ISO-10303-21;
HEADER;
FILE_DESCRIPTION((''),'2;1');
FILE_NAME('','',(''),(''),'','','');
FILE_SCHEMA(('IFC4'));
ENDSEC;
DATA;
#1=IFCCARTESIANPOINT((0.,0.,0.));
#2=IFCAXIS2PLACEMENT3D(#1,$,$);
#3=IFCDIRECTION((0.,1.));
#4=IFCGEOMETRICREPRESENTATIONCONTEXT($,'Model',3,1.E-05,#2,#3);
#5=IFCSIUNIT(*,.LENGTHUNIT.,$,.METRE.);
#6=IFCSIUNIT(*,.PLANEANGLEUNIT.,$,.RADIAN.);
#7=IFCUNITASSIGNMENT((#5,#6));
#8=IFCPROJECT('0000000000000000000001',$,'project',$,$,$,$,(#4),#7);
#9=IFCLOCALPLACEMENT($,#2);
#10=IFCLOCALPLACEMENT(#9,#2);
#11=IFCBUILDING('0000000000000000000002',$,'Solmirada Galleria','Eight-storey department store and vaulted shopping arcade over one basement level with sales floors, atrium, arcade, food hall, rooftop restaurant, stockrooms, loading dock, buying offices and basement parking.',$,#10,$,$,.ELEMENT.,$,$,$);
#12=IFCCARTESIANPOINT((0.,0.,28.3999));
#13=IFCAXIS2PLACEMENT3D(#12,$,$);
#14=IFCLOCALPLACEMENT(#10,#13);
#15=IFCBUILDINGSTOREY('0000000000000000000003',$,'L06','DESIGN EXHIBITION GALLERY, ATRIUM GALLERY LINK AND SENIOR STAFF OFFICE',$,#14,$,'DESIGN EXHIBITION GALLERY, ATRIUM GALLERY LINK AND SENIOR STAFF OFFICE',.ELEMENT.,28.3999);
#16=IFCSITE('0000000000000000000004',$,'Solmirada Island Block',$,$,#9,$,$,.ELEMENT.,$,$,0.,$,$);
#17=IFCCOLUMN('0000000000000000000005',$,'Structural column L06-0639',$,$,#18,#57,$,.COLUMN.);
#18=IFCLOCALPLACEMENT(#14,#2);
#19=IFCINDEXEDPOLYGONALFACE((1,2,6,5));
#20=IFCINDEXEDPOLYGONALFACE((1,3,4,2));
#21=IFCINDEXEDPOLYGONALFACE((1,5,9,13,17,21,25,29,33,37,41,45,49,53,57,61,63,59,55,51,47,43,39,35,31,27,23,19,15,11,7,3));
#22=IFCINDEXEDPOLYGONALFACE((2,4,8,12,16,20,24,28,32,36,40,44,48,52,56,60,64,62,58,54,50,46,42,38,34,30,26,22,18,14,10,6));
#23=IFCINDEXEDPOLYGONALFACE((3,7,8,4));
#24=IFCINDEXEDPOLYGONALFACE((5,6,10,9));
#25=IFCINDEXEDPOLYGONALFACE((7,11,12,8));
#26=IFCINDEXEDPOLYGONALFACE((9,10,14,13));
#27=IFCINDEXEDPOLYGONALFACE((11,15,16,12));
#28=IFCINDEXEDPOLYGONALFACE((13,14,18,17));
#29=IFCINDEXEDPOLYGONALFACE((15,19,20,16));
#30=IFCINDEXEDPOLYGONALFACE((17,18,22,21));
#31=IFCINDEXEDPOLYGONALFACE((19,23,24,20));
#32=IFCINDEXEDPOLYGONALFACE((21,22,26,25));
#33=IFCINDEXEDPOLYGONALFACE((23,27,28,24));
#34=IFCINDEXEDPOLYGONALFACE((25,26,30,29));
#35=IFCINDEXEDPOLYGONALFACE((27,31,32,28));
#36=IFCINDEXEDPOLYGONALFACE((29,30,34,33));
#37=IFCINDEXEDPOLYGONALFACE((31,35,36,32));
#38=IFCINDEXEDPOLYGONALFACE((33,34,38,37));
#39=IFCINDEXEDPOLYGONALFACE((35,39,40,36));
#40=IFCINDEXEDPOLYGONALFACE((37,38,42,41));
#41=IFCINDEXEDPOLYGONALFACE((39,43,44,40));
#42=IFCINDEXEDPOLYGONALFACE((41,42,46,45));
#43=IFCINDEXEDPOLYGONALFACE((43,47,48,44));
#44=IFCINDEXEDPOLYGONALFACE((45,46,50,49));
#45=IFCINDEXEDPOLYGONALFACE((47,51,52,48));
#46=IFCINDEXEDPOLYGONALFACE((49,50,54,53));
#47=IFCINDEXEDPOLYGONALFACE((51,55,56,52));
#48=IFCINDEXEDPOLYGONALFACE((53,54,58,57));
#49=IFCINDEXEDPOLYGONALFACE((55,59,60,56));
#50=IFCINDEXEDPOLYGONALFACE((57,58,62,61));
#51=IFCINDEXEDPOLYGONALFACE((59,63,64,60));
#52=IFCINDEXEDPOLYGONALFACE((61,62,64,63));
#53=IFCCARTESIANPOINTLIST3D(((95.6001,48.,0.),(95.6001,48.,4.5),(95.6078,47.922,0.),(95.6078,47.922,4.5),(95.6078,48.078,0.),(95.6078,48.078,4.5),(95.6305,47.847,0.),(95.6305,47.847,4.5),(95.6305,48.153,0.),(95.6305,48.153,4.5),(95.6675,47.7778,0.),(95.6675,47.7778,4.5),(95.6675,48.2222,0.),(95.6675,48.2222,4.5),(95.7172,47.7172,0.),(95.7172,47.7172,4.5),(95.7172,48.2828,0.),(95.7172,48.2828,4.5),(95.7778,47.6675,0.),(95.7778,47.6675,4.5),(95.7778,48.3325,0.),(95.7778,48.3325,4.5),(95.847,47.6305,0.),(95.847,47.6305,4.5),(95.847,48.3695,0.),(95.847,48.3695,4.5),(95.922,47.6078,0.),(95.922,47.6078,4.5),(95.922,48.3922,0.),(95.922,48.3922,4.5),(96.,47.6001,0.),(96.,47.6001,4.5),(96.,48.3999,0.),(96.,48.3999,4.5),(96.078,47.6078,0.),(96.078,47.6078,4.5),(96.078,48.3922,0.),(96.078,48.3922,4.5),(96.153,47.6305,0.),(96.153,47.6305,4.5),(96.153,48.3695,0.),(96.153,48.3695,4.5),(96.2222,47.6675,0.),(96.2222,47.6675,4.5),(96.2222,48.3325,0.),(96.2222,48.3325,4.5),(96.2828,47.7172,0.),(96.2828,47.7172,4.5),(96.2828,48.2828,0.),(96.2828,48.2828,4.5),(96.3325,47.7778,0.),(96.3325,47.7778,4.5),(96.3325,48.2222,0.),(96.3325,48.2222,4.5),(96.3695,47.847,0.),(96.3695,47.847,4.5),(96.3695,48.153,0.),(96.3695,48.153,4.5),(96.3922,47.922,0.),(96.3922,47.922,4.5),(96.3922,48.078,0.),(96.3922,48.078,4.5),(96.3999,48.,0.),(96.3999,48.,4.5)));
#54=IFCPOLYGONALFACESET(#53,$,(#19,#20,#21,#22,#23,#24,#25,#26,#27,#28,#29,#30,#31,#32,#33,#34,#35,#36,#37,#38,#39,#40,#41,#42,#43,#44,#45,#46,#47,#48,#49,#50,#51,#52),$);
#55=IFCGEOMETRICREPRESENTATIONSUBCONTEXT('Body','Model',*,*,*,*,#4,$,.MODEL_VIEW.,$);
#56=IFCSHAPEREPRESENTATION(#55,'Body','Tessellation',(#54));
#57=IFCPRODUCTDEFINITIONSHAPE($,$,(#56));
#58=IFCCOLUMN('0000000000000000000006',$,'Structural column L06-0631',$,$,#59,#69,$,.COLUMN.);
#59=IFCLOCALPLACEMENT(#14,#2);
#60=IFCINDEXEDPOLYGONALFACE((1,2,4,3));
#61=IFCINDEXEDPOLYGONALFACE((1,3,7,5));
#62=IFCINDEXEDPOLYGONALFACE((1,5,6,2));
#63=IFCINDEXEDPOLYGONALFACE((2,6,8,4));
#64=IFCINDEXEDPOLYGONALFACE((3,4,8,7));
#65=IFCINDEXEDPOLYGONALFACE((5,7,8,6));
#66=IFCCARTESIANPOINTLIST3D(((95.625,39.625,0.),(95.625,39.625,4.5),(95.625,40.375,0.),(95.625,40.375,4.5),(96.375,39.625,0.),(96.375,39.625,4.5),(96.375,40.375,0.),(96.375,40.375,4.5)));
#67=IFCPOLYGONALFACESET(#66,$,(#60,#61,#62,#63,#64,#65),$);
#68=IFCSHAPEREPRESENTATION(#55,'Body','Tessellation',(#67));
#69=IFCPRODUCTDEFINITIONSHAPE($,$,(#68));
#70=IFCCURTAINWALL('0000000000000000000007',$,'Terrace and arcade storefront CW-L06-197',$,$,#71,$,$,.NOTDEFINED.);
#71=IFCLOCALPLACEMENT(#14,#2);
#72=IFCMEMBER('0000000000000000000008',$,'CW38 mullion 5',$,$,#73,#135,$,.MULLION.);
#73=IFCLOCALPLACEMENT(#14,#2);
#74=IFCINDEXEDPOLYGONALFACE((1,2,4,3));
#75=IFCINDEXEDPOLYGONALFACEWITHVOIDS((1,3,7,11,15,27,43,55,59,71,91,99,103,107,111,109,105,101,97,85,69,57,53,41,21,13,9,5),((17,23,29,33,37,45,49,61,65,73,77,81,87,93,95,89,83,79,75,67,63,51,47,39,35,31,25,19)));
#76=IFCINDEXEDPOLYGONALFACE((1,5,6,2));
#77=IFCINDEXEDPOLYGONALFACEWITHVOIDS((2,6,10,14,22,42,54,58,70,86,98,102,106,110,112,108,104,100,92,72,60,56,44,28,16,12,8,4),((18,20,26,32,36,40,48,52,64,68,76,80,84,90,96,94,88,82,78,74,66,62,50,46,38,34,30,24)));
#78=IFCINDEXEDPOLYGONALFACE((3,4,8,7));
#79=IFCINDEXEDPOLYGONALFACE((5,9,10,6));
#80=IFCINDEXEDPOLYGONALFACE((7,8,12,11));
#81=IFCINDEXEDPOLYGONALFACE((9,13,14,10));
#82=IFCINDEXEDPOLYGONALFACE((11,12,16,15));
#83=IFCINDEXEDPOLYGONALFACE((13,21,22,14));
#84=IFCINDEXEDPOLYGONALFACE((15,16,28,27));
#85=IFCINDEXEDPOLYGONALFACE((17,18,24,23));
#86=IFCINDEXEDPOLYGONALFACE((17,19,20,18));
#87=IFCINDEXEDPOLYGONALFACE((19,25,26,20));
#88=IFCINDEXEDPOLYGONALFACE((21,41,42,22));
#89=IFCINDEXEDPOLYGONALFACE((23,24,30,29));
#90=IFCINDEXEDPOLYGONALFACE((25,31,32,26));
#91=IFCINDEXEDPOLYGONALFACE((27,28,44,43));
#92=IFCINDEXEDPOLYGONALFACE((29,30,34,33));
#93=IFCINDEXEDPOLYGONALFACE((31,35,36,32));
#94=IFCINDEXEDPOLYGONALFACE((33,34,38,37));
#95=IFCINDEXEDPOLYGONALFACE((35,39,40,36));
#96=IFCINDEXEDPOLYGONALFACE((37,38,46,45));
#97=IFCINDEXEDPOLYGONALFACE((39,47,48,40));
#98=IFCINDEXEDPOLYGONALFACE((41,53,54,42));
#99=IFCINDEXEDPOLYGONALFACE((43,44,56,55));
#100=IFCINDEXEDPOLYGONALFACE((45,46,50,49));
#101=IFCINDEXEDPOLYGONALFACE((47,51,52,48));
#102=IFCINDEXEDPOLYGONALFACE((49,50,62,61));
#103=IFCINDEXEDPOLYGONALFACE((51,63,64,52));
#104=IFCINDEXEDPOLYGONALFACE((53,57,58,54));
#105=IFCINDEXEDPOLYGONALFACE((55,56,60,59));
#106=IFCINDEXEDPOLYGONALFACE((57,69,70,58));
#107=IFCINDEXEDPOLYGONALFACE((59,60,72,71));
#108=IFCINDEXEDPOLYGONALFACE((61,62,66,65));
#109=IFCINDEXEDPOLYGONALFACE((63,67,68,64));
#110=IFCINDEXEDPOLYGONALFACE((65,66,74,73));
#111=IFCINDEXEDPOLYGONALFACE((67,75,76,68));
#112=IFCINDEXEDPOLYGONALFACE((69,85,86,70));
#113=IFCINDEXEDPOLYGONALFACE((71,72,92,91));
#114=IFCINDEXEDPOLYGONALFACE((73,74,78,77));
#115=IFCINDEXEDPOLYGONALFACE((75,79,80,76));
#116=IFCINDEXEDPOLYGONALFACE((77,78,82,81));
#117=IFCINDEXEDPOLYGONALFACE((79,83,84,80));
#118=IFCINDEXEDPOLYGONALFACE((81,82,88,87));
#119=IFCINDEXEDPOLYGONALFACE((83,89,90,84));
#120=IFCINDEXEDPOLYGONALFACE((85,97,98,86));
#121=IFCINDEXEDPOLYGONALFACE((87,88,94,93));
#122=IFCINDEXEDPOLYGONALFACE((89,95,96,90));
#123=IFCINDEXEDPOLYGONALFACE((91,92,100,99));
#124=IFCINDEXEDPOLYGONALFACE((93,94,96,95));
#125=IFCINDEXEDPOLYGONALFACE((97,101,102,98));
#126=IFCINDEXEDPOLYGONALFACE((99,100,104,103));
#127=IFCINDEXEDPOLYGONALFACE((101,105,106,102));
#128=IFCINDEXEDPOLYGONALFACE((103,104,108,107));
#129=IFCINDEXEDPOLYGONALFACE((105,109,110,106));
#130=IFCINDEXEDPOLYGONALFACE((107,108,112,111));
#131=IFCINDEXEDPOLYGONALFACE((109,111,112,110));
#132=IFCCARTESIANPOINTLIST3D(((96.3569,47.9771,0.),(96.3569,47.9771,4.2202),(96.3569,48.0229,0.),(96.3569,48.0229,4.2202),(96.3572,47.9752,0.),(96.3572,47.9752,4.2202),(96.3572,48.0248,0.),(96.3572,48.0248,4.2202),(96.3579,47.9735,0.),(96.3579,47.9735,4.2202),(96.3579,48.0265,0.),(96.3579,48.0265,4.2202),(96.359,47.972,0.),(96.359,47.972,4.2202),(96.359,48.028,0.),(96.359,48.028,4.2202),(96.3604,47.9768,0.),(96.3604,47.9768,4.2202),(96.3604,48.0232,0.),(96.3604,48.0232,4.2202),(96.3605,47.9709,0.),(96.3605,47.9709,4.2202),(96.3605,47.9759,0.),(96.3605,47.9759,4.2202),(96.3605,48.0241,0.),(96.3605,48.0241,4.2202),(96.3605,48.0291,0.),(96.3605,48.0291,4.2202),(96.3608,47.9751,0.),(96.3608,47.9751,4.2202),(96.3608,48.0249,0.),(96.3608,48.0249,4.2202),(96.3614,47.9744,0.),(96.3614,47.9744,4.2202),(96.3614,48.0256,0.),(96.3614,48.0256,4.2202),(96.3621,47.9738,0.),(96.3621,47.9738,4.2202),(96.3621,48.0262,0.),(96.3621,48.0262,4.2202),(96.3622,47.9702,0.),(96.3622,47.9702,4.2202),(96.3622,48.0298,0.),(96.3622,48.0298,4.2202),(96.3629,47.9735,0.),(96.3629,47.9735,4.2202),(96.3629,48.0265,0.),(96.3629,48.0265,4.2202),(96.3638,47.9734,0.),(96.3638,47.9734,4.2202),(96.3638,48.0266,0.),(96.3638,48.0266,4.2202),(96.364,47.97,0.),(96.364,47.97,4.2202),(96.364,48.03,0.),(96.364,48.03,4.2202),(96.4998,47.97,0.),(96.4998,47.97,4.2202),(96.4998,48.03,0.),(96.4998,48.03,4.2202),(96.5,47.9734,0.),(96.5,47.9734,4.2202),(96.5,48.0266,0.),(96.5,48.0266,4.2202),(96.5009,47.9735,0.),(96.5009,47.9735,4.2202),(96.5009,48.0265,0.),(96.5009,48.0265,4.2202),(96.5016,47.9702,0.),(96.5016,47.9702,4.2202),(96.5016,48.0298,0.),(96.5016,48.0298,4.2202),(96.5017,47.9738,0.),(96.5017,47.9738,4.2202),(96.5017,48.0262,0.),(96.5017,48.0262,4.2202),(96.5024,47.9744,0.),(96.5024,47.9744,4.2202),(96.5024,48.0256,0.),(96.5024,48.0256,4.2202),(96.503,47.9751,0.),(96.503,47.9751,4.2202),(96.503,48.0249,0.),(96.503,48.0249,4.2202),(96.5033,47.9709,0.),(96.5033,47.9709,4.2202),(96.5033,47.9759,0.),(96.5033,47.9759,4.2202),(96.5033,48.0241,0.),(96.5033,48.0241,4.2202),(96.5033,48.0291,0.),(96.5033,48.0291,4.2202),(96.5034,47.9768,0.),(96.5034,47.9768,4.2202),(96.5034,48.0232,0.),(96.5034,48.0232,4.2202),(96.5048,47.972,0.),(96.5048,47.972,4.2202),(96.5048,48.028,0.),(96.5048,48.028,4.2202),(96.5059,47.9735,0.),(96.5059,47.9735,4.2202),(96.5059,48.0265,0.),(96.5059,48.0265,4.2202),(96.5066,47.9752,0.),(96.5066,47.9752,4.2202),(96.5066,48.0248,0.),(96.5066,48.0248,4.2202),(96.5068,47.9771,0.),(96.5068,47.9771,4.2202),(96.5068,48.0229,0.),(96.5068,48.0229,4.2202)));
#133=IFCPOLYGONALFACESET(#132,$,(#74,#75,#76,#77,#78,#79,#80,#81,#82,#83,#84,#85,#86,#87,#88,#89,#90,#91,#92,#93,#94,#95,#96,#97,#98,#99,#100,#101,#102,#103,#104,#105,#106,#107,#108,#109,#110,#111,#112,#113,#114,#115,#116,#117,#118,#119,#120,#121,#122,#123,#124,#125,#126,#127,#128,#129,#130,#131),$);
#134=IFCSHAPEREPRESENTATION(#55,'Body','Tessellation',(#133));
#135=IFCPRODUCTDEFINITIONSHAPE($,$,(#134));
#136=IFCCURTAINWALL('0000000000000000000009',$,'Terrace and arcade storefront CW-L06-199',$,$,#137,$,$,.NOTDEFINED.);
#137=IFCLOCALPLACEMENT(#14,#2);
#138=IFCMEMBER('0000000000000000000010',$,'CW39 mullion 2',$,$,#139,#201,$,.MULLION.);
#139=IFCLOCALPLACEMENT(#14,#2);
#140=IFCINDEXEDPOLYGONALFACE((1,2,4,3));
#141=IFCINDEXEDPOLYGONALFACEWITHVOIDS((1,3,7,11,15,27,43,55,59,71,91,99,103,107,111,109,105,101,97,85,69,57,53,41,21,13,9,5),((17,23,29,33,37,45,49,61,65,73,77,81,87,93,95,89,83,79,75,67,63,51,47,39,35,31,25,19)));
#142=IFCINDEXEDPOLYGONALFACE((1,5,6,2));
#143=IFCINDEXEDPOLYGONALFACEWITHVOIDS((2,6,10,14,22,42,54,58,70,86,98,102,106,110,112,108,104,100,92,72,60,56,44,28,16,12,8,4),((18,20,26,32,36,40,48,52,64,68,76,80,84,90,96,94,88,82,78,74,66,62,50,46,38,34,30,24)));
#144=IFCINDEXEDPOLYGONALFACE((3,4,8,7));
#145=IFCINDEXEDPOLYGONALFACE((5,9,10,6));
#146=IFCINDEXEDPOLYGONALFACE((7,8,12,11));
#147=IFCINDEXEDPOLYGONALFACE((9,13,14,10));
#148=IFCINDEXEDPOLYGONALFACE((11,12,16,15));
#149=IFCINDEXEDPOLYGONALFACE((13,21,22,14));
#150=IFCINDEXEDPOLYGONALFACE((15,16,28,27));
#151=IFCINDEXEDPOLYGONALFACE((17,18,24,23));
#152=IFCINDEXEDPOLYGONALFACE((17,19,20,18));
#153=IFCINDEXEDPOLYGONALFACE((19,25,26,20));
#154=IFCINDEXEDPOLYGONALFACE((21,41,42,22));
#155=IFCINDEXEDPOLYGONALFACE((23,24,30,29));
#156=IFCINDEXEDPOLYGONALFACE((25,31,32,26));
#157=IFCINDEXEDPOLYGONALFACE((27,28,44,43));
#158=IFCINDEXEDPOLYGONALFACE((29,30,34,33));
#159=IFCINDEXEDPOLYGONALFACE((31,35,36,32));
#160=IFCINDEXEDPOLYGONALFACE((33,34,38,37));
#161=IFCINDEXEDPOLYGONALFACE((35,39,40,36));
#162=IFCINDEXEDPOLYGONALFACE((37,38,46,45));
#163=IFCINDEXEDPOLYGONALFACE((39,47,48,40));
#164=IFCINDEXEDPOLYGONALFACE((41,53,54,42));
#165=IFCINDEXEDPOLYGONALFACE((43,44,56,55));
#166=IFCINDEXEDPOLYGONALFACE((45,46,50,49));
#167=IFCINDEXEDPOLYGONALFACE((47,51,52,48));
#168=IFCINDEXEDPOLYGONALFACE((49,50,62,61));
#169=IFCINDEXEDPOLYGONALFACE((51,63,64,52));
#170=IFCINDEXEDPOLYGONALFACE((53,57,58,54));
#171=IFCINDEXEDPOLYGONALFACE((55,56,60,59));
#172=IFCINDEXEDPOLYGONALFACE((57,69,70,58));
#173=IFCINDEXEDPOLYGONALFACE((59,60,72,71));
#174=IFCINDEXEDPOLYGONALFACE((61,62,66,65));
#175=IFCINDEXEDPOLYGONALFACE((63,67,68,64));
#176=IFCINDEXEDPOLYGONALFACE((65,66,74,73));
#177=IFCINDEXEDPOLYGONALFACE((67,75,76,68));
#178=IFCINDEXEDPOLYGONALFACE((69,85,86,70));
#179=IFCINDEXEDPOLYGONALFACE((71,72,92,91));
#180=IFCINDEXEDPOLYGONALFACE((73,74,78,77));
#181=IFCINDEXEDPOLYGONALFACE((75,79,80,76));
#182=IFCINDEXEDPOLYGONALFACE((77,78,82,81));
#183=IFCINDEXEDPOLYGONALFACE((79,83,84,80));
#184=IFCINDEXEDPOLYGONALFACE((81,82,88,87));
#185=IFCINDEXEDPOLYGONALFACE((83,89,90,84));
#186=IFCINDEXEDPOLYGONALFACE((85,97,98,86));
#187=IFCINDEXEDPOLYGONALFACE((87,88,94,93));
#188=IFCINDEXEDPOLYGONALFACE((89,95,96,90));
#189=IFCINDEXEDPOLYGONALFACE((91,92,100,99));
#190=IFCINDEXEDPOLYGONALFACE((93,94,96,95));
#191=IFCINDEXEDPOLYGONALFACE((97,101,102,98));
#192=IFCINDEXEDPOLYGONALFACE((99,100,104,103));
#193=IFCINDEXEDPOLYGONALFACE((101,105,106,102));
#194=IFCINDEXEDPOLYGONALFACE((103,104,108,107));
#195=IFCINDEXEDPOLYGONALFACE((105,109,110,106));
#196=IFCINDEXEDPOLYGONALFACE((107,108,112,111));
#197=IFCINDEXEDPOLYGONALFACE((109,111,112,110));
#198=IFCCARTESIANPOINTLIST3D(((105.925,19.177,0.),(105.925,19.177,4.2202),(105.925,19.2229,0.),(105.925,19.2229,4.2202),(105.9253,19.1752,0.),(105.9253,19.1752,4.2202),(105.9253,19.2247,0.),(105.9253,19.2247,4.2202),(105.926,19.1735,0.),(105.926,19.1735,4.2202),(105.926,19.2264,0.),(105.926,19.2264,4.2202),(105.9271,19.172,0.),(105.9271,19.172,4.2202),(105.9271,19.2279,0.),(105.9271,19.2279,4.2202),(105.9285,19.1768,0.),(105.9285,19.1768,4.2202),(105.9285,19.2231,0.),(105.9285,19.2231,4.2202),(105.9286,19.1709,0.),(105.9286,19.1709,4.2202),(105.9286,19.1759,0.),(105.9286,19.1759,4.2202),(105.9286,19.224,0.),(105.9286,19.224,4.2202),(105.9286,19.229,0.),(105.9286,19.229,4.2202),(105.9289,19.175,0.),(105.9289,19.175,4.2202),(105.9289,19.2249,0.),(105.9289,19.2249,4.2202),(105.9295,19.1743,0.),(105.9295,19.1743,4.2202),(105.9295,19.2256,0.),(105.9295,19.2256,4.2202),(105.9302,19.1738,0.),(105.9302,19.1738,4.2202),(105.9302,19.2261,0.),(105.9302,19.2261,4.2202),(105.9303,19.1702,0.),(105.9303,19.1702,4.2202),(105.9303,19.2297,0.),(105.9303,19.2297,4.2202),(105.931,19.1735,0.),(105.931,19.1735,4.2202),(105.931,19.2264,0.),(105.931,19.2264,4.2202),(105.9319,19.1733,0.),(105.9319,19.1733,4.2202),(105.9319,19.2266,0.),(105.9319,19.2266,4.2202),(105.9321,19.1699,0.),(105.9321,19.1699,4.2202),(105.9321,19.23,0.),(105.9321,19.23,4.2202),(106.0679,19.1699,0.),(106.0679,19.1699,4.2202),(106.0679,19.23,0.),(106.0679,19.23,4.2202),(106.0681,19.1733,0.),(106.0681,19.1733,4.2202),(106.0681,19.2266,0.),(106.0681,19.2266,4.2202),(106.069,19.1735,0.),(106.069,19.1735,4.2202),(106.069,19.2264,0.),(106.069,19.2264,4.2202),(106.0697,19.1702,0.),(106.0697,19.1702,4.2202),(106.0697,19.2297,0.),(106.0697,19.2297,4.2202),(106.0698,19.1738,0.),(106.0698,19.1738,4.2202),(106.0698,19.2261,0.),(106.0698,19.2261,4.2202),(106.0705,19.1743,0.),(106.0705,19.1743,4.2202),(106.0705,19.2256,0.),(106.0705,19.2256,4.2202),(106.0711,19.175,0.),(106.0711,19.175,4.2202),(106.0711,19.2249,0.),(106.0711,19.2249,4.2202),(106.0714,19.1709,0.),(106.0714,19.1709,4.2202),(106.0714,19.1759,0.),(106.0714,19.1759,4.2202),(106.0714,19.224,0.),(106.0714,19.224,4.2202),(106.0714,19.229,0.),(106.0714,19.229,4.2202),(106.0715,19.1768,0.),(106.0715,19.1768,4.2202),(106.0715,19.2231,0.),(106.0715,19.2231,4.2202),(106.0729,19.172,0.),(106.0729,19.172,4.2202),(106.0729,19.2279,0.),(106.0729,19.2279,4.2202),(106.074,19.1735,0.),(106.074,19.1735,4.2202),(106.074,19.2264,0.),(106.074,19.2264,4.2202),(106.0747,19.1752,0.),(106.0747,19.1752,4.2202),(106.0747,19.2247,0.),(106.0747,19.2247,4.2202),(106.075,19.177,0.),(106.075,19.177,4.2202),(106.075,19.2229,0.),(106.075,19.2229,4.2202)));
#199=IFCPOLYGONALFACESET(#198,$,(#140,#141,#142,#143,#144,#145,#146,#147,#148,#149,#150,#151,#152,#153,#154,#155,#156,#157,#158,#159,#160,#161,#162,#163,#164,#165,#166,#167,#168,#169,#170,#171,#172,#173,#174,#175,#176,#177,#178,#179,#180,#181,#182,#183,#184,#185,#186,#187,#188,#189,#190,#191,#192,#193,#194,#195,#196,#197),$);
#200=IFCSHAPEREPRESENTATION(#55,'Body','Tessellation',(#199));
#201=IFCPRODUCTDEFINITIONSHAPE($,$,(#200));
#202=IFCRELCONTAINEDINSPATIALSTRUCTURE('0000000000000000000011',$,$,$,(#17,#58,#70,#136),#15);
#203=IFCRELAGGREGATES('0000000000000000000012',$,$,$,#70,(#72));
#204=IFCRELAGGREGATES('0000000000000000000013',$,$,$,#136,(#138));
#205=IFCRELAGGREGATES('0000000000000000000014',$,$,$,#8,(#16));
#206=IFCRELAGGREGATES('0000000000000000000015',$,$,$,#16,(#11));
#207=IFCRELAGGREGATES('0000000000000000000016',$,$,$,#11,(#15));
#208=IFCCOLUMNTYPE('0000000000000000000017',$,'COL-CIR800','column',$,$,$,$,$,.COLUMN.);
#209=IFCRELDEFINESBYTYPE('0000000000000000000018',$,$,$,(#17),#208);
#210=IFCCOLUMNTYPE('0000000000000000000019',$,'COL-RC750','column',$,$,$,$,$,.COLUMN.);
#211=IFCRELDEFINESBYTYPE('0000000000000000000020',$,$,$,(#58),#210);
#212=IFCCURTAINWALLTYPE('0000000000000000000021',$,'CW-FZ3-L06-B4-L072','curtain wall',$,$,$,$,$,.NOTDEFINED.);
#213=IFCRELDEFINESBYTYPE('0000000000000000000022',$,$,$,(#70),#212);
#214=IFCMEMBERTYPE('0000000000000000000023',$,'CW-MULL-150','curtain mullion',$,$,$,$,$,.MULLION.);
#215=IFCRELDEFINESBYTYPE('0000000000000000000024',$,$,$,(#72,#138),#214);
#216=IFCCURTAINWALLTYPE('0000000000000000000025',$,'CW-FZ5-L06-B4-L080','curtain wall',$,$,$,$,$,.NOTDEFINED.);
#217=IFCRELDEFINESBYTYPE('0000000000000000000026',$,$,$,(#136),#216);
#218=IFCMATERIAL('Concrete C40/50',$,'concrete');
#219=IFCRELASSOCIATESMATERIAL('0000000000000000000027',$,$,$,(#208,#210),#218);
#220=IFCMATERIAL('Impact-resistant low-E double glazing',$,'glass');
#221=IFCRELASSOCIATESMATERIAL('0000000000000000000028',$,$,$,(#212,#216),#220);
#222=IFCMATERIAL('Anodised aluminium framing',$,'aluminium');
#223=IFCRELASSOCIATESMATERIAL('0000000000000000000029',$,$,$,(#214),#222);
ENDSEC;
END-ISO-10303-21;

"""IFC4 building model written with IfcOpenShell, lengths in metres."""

from ifc_helpers import new_model, si_unit, direction, frame, origin, origin_2d, place, context, subcontext, project, spatial, rectangle, hollow_rectangle, circle, extrude, material, material_profile, profile_set, type_object, element, aggregate, save


model = new_model("IFC4")

# Units and contexts
model_context = context("Model", 3, precision=1e-05, world=origin(), true_north=direction((0.0, 1.0)))
body_context = subcontext(model_context, "Body", "Model", "MODEL_VIEW")
ifc_project = project(units=[si_unit("LENGTHUNIT", "METRE"), si_unit("PLANEANGLEUNIT", "RADIAN")], contexts=[model_context])

# Site, building, storey
site_placement = place(None, origin())
site = spatial("IfcSite", under=ifc_project, at=site_placement, Name="Solmirada Island Block", CompositionType="ELEMENT", RefElevation=0.0)
building_placement = place(site_placement, origin())
building = spatial("IfcBuilding", under=site, at=building_placement, Name="Solmirada Galleria", Description="Eight-storey department store and vaulted shopping arcade over one basement level with sales floors, atrium, arcade, food hall, rooftop restaurant, stockrooms, loading dock, buying offices and basement parking.", CompositionType="ELEMENT")
storey_placement = place(building_placement, frame((0.0, 0.0, 28.3999)))
storey = spatial("IfcBuildingStorey", under=building, at=storey_placement, Name="L06", Description="DESIGN EXHIBITION GALLERY, ATRIUM GALLERY LINK AND SENIOR STAFF OFFICE", LongName="DESIGN EXHIBITION GALLERY, ATRIUM GALLERY LINK AND SENIOR STAFF OFFICE", CompositionType="ELEMENT", Elevation=28.3999)

# Columns
ifc_material_1 = material(Name="Concrete C40/50", Category="concrete")
ifc_material_profile_1 = material_profile(ifc_material_1, circle(Radius=0.3999, at=origin_2d()), Name="RCCOL800")
ifc_profile_set_1 = profile_set([ifc_material_profile_1], Name="Concrete C40/50")
column_type_1 = type_object("IfcColumnType", Name="COL-CIR800", Description="column", PredefinedType="COLUMN", material=ifc_profile_set_1)
column_1_placement = place(storey_placement, frame((96.0, 48.0, 0.0), z_axis=(0.0, 0.0, 1.0), x_axis=(1.0, 0.0, 0.0)))
element("IfcColumn", 1, at=column_1_placement, inside=storey, type_object=column_type_1, Name="Structural column L06-0639", PredefinedType="COLUMN", context=body_context, shape_type="SweptSolid", body=[
    extrude(circle(Radius=0.3999, at=origin_2d()), origin(), (0.0, 0.0, 1.0), 4.5),
])
ifc_material_profile_2 = material_profile(ifc_material_1, rectangle(XDim=0.75, YDim=0.75, at=origin_2d()), Name="RC750X750")
ifc_profile_set_2 = profile_set([ifc_material_profile_2], Name="Concrete C40/50")
column_type_2 = type_object("IfcColumnType", Name="COL-RC750", Description="column", PredefinedType="COLUMN", material=ifc_profile_set_2)
column_2_placement = place(storey_placement, frame((96.0, 40.0, 0.0), z_axis=(0.0, 0.0, 1.0), x_axis=(1.0, 0.0, 0.0)))
element("IfcColumn", 2, at=column_2_placement, inside=storey, type_object=column_type_2, Name="Structural column L06-0631", PredefinedType="COLUMN", context=body_context, shape_type="SweptSolid", body=[
    extrude(rectangle(XDim=0.75, YDim=0.75, at=origin_2d()), origin(), (0.0, 0.0, 1.0), 4.5),
])

# Curtain wall, member
ifc_material_2 = material(Name="Impact-resistant low-E double glazing", Category="glass")
curtain_wall_type_1 = type_object("IfcCurtainWallType", Name="CW-FZ3-L06-B4-L072", Description="curtain wall", PredefinedType="NOTDEFINED", material=ifc_material_2)
curtain_wall_1_placement = place(storey_placement, origin())
curtain_wall_1 = element("IfcCurtainWall", 3, at=curtain_wall_1_placement, inside=storey, type_object=curtain_wall_type_1, Name="Terrace and arcade storefront CW-L06-197", PredefinedType="NOTDEFINED")
ifc_material_3 = material(Name="Anodised aluminium framing", Category="aluminium")
ifc_material_profile_3 = material_profile(ifc_material_3, hollow_rectangle(XDim=0.0601, YDim=0.1499, WallThickness=0.0034, InnerFilletRadius=0.0034, OuterFilletRadius=0.0071, at=origin_2d()), Name="ALU-MULL-150X60")
ifc_profile_set_3 = profile_set([ifc_material_profile_3], Name="Anodised aluminium framing")
member_type_1 = type_object("IfcMemberType", Name="CW-MULL-150", Description="curtain mullion", PredefinedType="MULLION", material=ifc_profile_set_3)
member_1_placement = place(storey_placement, frame((96.4319, 48.0, 0.0), z_axis=(0.0, 0.0, 1.0), x_axis=(0.0, -1.0, 0.0)))
member_1 = element("IfcMember", 4, at=member_1_placement, type_object=member_type_1, Name="CW38 mullion 5", PredefinedType="MULLION", context=body_context, shape_type="SweptSolid", body=[
    extrude(hollow_rectangle(XDim=0.0601, YDim=0.1499, WallThickness=0.0034, InnerFilletRadius=0.0034, OuterFilletRadius=0.0071, at=origin_2d()), origin(), (0.0, 0.0, 1.0), 4.2202),
])

# Curtain wall, member
curtain_wall_type_2 = type_object("IfcCurtainWallType", Name="CW-FZ5-L06-B4-L080", Description="curtain wall", PredefinedType="NOTDEFINED", material=ifc_material_2)
curtain_wall_2_placement = place(storey_placement, origin())
curtain_wall_2 = element("IfcCurtainWall", 5, at=curtain_wall_2_placement, inside=storey, type_object=curtain_wall_type_2, Name="Terrace and arcade storefront CW-L06-199", PredefinedType="NOTDEFINED")
member_2_placement = place(storey_placement, frame((106.0, 19.2, 0.0), z_axis=(0.0, 0.0, 1.0), x_axis=(0.0, 1.0, 0.0)))
member_2 = element("IfcMember", 6, at=member_2_placement, type_object=member_type_1, Name="CW39 mullion 2", PredefinedType="MULLION", context=body_context, shape_type="SweptSolid", body=[
    extrude(hollow_rectangle(XDim=0.0601, YDim=0.1499, WallThickness=0.0034, InnerFilletRadius=0.0034, OuterFilletRadius=0.0071, at=origin_2d()), origin(), (0.0, 0.0, 1.0), 4.2202),
])

aggregate(curtain_wall_1, [member_1])
aggregate(curtain_wall_2, [member_2])

save(model, "model.ifc")
